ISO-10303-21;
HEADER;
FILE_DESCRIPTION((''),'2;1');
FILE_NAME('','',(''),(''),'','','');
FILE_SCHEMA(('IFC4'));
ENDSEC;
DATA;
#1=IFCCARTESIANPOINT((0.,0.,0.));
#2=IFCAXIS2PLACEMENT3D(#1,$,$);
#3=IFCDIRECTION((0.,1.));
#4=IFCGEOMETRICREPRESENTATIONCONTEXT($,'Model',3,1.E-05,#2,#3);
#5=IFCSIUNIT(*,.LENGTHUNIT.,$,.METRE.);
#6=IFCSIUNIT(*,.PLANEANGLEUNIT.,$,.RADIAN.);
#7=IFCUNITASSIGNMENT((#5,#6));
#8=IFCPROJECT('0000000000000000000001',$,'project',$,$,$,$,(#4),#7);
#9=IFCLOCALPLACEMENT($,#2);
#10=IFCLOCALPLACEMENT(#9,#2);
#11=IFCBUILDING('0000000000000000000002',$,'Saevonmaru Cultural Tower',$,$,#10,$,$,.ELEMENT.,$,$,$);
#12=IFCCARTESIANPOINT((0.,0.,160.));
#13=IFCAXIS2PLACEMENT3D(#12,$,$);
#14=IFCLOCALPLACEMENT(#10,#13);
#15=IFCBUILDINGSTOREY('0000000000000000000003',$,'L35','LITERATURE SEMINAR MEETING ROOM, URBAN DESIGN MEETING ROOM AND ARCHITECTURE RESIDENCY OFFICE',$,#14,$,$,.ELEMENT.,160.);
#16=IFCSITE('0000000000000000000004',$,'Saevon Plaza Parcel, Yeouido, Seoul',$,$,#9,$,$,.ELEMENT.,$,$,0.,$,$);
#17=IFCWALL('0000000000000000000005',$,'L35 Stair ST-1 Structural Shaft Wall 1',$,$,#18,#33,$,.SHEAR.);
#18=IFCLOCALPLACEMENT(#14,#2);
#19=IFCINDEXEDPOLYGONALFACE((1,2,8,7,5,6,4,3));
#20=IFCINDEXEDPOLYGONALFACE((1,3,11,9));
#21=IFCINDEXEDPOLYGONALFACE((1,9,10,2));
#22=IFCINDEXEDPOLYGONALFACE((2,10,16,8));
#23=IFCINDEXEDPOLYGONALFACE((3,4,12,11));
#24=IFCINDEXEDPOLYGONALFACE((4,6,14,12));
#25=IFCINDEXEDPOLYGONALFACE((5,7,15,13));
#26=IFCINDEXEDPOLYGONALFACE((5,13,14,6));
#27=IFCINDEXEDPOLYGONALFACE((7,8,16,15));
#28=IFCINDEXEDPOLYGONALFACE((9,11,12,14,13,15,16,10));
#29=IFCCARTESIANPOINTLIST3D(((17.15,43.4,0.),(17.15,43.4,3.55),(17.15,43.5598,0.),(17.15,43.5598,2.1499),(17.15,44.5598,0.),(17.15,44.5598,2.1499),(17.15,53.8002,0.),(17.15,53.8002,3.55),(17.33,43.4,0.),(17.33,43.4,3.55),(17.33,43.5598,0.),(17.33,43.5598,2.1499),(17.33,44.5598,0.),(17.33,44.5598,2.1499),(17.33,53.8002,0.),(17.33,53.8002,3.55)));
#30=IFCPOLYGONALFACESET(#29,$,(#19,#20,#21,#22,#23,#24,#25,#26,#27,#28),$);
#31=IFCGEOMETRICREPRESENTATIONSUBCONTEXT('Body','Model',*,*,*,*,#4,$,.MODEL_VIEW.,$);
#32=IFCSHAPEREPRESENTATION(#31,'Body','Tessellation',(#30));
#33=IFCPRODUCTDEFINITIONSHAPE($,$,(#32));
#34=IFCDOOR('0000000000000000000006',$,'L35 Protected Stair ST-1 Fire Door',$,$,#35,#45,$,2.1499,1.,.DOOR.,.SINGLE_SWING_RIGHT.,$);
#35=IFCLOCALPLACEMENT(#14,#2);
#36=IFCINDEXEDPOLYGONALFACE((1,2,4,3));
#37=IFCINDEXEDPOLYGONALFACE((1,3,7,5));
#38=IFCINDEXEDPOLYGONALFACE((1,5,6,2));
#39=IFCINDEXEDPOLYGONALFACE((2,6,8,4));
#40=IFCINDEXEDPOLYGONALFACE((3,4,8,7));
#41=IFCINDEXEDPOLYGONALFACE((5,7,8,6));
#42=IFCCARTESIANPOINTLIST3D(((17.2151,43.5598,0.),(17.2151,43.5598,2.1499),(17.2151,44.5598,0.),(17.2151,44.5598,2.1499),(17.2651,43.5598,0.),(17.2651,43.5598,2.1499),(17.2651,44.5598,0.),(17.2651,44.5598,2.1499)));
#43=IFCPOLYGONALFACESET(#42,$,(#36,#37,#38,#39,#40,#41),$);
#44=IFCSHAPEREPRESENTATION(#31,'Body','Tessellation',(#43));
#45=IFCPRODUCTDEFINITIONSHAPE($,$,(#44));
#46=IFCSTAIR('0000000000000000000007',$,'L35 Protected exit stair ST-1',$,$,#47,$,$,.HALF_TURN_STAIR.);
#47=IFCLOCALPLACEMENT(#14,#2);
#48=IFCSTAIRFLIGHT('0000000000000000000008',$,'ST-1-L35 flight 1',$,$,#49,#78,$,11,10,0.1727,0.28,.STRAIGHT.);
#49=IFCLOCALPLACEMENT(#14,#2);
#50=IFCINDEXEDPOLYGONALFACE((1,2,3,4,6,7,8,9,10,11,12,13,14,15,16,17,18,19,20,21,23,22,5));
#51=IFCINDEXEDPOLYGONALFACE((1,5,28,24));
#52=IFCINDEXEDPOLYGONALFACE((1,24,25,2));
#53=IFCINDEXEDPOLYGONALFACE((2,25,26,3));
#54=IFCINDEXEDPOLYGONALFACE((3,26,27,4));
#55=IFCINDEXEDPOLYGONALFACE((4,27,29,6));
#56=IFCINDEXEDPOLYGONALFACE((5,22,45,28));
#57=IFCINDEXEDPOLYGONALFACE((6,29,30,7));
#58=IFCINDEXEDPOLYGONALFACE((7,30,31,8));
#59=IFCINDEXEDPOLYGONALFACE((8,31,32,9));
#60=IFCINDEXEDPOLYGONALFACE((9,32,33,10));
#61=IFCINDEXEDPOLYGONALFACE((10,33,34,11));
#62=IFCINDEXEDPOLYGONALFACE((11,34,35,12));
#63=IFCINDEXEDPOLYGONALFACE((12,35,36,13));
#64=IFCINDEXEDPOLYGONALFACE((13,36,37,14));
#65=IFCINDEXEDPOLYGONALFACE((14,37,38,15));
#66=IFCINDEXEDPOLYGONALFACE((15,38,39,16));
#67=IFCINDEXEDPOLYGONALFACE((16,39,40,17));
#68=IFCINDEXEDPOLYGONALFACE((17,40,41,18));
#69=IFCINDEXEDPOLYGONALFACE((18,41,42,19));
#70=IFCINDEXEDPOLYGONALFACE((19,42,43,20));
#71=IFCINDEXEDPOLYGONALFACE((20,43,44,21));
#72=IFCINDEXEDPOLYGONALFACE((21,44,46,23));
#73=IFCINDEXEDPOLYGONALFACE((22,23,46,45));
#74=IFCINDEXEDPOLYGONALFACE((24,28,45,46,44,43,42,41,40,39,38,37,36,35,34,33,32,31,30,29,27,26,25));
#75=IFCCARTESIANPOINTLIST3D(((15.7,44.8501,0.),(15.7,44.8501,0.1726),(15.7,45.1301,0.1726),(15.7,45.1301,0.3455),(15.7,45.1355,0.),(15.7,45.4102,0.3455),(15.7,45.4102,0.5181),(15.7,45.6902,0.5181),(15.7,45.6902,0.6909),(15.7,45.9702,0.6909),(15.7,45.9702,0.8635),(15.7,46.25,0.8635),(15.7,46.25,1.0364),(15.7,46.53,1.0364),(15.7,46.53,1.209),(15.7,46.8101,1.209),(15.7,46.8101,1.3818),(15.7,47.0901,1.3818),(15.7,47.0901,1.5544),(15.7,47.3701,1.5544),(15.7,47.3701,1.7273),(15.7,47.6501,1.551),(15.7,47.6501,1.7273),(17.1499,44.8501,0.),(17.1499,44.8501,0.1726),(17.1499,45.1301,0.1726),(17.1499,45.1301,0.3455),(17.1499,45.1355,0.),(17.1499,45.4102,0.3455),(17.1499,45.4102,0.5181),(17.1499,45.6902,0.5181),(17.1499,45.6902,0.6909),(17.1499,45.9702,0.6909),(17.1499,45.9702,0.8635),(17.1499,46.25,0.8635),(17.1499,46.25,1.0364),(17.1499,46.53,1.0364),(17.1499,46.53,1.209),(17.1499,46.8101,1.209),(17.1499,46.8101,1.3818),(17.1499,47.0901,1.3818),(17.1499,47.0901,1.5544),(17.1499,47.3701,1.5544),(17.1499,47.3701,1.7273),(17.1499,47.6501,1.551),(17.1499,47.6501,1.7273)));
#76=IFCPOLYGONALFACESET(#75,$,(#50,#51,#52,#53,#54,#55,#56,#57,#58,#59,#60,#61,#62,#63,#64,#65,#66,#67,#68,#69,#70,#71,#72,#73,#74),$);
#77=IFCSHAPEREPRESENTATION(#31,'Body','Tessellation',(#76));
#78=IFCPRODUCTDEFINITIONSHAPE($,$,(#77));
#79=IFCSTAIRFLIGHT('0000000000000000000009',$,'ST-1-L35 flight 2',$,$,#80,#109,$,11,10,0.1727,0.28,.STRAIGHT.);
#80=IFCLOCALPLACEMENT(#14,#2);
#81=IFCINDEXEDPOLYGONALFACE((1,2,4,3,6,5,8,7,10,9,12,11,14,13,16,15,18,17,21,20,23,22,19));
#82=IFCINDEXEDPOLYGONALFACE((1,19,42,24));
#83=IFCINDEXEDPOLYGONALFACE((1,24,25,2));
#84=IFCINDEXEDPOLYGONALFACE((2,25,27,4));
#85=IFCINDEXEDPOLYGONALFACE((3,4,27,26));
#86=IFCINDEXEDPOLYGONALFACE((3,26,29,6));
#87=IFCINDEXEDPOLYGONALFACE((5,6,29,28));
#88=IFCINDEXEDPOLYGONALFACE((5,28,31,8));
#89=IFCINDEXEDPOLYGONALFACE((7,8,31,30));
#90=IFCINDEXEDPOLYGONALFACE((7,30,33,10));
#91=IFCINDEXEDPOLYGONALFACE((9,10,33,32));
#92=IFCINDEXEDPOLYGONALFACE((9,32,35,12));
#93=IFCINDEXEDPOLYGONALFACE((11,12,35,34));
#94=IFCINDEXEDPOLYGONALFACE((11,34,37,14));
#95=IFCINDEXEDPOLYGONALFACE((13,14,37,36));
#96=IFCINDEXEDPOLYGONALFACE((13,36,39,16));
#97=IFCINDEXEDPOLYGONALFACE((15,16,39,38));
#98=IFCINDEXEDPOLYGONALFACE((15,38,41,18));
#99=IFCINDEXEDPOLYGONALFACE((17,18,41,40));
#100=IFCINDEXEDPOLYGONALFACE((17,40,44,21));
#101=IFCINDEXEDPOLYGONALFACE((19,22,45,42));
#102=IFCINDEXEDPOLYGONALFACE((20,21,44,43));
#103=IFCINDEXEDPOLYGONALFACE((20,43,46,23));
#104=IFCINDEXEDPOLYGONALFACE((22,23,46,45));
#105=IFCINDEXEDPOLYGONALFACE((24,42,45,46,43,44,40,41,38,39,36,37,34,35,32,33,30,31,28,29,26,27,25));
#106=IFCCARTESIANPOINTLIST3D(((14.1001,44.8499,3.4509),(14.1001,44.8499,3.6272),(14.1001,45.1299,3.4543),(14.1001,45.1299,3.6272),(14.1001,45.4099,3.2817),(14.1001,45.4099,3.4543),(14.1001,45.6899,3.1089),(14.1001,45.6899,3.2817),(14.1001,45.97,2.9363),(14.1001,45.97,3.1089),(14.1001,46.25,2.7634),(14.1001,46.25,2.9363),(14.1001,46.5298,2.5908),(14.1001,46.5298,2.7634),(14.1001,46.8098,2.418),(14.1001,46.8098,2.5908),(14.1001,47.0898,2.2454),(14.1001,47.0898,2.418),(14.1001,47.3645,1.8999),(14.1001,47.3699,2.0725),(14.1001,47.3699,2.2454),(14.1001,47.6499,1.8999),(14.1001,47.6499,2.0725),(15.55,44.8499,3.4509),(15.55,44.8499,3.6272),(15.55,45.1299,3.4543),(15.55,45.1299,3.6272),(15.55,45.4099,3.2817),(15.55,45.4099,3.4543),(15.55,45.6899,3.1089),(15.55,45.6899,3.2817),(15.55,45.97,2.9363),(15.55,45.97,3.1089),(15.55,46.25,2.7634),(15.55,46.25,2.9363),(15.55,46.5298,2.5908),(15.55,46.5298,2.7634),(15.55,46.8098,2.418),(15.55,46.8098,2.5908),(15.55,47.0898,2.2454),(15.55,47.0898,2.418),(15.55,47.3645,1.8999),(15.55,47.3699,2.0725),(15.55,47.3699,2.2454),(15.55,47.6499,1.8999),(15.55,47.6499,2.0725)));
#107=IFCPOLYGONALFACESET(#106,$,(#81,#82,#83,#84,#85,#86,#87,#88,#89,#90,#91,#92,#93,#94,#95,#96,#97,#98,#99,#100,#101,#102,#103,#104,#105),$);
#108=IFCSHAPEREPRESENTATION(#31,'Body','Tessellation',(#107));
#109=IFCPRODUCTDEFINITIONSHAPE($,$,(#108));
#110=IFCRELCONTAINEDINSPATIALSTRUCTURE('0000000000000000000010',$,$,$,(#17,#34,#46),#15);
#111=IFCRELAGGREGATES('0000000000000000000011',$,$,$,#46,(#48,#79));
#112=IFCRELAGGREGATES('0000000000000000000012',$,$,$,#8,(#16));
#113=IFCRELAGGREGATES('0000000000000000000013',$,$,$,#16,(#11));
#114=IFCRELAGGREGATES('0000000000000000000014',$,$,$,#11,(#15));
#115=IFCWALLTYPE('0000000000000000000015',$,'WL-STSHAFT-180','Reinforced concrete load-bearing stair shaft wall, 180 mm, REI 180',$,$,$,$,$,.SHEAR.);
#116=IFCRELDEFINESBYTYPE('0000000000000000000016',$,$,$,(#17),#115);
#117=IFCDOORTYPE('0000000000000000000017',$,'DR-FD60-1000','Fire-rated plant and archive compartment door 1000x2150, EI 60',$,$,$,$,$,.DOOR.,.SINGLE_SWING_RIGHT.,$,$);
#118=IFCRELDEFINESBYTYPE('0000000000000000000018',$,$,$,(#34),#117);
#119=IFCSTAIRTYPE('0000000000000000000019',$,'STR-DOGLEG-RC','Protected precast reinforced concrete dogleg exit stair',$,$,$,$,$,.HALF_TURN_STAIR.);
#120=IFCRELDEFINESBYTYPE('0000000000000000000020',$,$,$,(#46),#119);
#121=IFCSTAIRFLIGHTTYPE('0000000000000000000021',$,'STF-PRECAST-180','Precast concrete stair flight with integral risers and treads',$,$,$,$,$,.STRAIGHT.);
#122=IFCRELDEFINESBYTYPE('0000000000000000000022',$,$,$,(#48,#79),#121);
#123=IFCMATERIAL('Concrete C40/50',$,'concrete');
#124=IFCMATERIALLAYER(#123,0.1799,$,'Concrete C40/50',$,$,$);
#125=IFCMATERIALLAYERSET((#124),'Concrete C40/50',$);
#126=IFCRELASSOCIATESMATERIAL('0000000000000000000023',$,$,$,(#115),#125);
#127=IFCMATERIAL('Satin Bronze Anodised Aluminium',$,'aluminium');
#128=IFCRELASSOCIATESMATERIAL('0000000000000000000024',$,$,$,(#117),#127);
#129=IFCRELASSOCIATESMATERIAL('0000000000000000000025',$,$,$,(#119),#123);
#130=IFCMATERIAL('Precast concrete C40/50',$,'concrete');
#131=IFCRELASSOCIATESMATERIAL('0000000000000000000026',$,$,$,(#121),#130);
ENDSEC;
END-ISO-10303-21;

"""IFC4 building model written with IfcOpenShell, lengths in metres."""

from ifc_helpers import new_model, si_unit, direction, frame, frame_2d, origin, place, context, subcontext, project, spatial, polyline, rectangle, outline, extrude, material, layer, layer_set, type_object, element, fill, aggregate, save


model = new_model("IFC4")

# Units and contexts
model_context = context("Model", 3, precision=1e-05, world=origin(), true_north=direction((0.0, 1.0)))
body_context = subcontext(model_context, "Body", "Model", "MODEL_VIEW")
ifc_project = project(units=[si_unit("LENGTHUNIT", "METRE"), si_unit("PLANEANGLEUNIT", "RADIAN")], contexts=[model_context])

# Site, building, storey
site_placement = place(None, origin())
site = spatial("IfcSite", under=ifc_project, at=site_placement, Name="Saevon Plaza Parcel, Yeouido, Seoul", CompositionType="ELEMENT", RefElevation=0.0)
building_placement = place(site_placement, origin())
building = spatial("IfcBuilding", under=site, at=building_placement, Name="Saevonmaru Cultural Tower", CompositionType="ELEMENT")
storey_placement = place(building_placement, frame((0.0, 0.0, 160.0)))
storey = spatial("IfcBuildingStorey", under=building, at=storey_placement, Name="L35", Description="LITERATURE SEMINAR MEETING ROOM, URBAN DESIGN MEETING ROOM AND ARCHITECTURE RESIDENCY OFFICE", CompositionType="ELEMENT", Elevation=160.0)

# Shared definitions
ifc_material_1 = material(Name="Satin Bronze Anodised Aluminium", Category="aluminium")

# Shared definitions
ifc_material_2 = material(Name="Concrete C40/50", Category="concrete")

# Wall, opening, door
ifc_layer_1 = layer(ifc_material_2, 0.1799, Name="Concrete C40/50")
ifc_layer_set_1 = layer_set([ifc_layer_1], Name="Concrete C40/50")
wall_type_1 = type_object("IfcWallType", Name="WL-STSHAFT-180", Description="Reinforced concrete load-bearing stair shaft wall, 180 mm, REI 180", PredefinedType="SHEAR", material=ifc_layer_set_1)
wall_1_placement = place(storey_placement, frame((17.24, 43.3999, 0.0), z_axis=(0.0, 0.0, 1.0), x_axis=(0.0, 1.0, 0.0)))
wall_1 = element("IfcWall", 1, at=wall_1_placement, inside=storey, type_object=wall_type_1, Name="L35 Stair ST-1 Structural Shaft Wall 1", PredefinedType="SHEAR", context=body_context, shape_type="SweptSolid", body=[
    extrude(rectangle(XDim=10.4001, YDim=0.1799, at=frame_2d((5.2002, 0.0))), origin(), (0.0, 0.0, 1.0), 3.55),
])
opening_1_placement = place(wall_1_placement, frame((0.1599, 0.0, 0.0)))
opening_1 = element("IfcOpeningElement", 2, at=opening_1_placement, cuts=wall_1, PredefinedType="OPENING", context=body_context, shape_type="SweptSolid", body=[
    extrude(rectangle(XDim=1.0, YDim=2.1499, at=frame_2d((0.5, 1.075))), frame((0.0, 0.1001, 0.0), z_axis=(0.0, -1.0, 0.0), x_axis=(1.0, 0.0, 0.0)), (0.0, 0.0, 1.0), 0.2),
])
door_type_1 = type_object("IfcDoorType", Name="DR-FD60-1000", Description="Fire-rated plant and archive compartment door 1000x2150, EI 60", OperationType="SINGLE_SWING_RIGHT", PredefinedType="DOOR", material=ifc_material_1)
door_1_placement = place(opening_1_placement, origin())
door_1 = element("IfcDoor", 3, at=door_1_placement, inside=storey, type_object=door_type_1, Name="L35 Protected Stair ST-1 Fire Door", OperationType="SINGLE_SWING_RIGHT", OverallHeight=2.1499, OverallWidth=1.0, PredefinedType="DOOR", context=body_context, shape_type="SweptSolid", body=[
    extrude(rectangle(XDim=1.0, YDim=2.1499, at=frame_2d((0.5, 1.075))), frame((0.0, 0.0249, 0.0), z_axis=(0.0, -1.0, 0.0), x_axis=(1.0, 0.0, 0.0)), (0.0, 0.0, 1.0), 0.05),
])
fill(opening_1, door_1)

# Stair, stair flights
stair_type = type_object("IfcStairType", Name="STR-DOGLEG-RC", Description="Protected precast reinforced concrete dogleg exit stair", PredefinedType="HALF_TURN_STAIR", material=ifc_material_2)
stair_placement = place(storey_placement, origin())
stair = element("IfcStair", 4, at=stair_placement, inside=storey, type_object=stair_type, Name="L35 Protected exit stair ST-1", PredefinedType="HALF_TURN_STAIR")
ifc_material_3 = material(Name="Precast concrete C40/50", Category="concrete")
stair_flight_type = type_object("IfcStairFlightType", Name="STF-PRECAST-180", Description="Precast concrete stair flight with integral risers and treads", PredefinedType="STRAIGHT", material=ifc_material_3)
stair_flight_1_placement = place(storey_placement, frame((16.425, 44.8501, 0.0), z_axis=(0.0, 0.0, 1.0), x_axis=(0.0, 1.0, 0.0)))
stair_flight_1 = element("IfcStairFlight", 5, at=stair_flight_1_placement, type_object=stair_flight_type, Name="ST-1-L35 flight 1", NumberOfRisers=11, NumberOfTreads=10, PredefinedType="STRAIGHT", RiserHeight=0.1727, TreadLength=0.28, context=body_context, shape_type="SweptSolid", body=[
    extrude(outline(polyline([(0.0, 0.0), (0.0, 0.1726), (0.28, 0.1726), (0.28, 0.3455), (0.5601, 0.3455), (0.5601, 0.5181), (0.8401, 0.5181), (0.8401, 0.6909), (1.1201, 0.6909), (1.1201, 0.8635), (1.3999, 0.8635), (1.3999, 1.0364), (1.6799, 1.0364), (1.6799, 1.209), (1.96, 1.209), (1.96, 1.3818), (2.24, 1.3818), (2.24, 1.5544), (2.52, 1.5544), (2.52, 1.7273), (2.8, 1.7273), (2.8, 1.8999), (2.8, 1.551), (0.2854, 0.0), (0.0, 0.0)])), frame((0.0, 0.7251, 0.0), z_axis=(0.0, -1.0, 0.0), x_axis=(1.0, 0.0, 0.0)), (0.0, 0.0, 1.0), 1.45),
])
stair_flight_2_placement = place(storey_placement, frame((14.825, 47.6499, 1.8999), z_axis=(0.0, 0.0, 1.0), x_axis=(0.0, -1.0, 0.0)))
stair_flight_2 = element("IfcStairFlight", 6, at=stair_flight_2_placement, type_object=stair_flight_type, Name="ST-1-L35 flight 2", NumberOfRisers=11, NumberOfTreads=10, PredefinedType="STRAIGHT", RiserHeight=0.1727, TreadLength=0.28, context=body_context, shape_type="SweptSolid", body=[
    extrude(outline(polyline([(0.0, 0.0), (0.0, 0.1726), (0.28, 0.1726), (0.28, 0.3455), (0.5601, 0.3455), (0.5601, 0.5181), (0.8401, 0.5181), (0.8401, 0.6909), (1.1201, 0.6909), (1.1201, 0.8635), (1.3999, 0.8635), (1.3999, 1.0364), (1.6799, 1.0364), (1.6799, 1.209), (1.96, 1.209), (1.96, 1.3818), (2.24, 1.3818), (2.24, 1.5544), (2.52, 1.5544), (2.52, 1.7273), (2.8, 1.7273), (2.8, 1.8999), (2.8, 1.551), (0.2854, 0.0), (0.0, 0.0)])), frame((0.0, 0.7251, 0.0), z_axis=(0.0, -1.0, 0.0), x_axis=(1.0, 0.0, 0.0)), (0.0, 0.0, 1.0), 1.45),
])
aggregate(stair, [stair_flight_1, stair_flight_2])

save(model, "model.ifc")
